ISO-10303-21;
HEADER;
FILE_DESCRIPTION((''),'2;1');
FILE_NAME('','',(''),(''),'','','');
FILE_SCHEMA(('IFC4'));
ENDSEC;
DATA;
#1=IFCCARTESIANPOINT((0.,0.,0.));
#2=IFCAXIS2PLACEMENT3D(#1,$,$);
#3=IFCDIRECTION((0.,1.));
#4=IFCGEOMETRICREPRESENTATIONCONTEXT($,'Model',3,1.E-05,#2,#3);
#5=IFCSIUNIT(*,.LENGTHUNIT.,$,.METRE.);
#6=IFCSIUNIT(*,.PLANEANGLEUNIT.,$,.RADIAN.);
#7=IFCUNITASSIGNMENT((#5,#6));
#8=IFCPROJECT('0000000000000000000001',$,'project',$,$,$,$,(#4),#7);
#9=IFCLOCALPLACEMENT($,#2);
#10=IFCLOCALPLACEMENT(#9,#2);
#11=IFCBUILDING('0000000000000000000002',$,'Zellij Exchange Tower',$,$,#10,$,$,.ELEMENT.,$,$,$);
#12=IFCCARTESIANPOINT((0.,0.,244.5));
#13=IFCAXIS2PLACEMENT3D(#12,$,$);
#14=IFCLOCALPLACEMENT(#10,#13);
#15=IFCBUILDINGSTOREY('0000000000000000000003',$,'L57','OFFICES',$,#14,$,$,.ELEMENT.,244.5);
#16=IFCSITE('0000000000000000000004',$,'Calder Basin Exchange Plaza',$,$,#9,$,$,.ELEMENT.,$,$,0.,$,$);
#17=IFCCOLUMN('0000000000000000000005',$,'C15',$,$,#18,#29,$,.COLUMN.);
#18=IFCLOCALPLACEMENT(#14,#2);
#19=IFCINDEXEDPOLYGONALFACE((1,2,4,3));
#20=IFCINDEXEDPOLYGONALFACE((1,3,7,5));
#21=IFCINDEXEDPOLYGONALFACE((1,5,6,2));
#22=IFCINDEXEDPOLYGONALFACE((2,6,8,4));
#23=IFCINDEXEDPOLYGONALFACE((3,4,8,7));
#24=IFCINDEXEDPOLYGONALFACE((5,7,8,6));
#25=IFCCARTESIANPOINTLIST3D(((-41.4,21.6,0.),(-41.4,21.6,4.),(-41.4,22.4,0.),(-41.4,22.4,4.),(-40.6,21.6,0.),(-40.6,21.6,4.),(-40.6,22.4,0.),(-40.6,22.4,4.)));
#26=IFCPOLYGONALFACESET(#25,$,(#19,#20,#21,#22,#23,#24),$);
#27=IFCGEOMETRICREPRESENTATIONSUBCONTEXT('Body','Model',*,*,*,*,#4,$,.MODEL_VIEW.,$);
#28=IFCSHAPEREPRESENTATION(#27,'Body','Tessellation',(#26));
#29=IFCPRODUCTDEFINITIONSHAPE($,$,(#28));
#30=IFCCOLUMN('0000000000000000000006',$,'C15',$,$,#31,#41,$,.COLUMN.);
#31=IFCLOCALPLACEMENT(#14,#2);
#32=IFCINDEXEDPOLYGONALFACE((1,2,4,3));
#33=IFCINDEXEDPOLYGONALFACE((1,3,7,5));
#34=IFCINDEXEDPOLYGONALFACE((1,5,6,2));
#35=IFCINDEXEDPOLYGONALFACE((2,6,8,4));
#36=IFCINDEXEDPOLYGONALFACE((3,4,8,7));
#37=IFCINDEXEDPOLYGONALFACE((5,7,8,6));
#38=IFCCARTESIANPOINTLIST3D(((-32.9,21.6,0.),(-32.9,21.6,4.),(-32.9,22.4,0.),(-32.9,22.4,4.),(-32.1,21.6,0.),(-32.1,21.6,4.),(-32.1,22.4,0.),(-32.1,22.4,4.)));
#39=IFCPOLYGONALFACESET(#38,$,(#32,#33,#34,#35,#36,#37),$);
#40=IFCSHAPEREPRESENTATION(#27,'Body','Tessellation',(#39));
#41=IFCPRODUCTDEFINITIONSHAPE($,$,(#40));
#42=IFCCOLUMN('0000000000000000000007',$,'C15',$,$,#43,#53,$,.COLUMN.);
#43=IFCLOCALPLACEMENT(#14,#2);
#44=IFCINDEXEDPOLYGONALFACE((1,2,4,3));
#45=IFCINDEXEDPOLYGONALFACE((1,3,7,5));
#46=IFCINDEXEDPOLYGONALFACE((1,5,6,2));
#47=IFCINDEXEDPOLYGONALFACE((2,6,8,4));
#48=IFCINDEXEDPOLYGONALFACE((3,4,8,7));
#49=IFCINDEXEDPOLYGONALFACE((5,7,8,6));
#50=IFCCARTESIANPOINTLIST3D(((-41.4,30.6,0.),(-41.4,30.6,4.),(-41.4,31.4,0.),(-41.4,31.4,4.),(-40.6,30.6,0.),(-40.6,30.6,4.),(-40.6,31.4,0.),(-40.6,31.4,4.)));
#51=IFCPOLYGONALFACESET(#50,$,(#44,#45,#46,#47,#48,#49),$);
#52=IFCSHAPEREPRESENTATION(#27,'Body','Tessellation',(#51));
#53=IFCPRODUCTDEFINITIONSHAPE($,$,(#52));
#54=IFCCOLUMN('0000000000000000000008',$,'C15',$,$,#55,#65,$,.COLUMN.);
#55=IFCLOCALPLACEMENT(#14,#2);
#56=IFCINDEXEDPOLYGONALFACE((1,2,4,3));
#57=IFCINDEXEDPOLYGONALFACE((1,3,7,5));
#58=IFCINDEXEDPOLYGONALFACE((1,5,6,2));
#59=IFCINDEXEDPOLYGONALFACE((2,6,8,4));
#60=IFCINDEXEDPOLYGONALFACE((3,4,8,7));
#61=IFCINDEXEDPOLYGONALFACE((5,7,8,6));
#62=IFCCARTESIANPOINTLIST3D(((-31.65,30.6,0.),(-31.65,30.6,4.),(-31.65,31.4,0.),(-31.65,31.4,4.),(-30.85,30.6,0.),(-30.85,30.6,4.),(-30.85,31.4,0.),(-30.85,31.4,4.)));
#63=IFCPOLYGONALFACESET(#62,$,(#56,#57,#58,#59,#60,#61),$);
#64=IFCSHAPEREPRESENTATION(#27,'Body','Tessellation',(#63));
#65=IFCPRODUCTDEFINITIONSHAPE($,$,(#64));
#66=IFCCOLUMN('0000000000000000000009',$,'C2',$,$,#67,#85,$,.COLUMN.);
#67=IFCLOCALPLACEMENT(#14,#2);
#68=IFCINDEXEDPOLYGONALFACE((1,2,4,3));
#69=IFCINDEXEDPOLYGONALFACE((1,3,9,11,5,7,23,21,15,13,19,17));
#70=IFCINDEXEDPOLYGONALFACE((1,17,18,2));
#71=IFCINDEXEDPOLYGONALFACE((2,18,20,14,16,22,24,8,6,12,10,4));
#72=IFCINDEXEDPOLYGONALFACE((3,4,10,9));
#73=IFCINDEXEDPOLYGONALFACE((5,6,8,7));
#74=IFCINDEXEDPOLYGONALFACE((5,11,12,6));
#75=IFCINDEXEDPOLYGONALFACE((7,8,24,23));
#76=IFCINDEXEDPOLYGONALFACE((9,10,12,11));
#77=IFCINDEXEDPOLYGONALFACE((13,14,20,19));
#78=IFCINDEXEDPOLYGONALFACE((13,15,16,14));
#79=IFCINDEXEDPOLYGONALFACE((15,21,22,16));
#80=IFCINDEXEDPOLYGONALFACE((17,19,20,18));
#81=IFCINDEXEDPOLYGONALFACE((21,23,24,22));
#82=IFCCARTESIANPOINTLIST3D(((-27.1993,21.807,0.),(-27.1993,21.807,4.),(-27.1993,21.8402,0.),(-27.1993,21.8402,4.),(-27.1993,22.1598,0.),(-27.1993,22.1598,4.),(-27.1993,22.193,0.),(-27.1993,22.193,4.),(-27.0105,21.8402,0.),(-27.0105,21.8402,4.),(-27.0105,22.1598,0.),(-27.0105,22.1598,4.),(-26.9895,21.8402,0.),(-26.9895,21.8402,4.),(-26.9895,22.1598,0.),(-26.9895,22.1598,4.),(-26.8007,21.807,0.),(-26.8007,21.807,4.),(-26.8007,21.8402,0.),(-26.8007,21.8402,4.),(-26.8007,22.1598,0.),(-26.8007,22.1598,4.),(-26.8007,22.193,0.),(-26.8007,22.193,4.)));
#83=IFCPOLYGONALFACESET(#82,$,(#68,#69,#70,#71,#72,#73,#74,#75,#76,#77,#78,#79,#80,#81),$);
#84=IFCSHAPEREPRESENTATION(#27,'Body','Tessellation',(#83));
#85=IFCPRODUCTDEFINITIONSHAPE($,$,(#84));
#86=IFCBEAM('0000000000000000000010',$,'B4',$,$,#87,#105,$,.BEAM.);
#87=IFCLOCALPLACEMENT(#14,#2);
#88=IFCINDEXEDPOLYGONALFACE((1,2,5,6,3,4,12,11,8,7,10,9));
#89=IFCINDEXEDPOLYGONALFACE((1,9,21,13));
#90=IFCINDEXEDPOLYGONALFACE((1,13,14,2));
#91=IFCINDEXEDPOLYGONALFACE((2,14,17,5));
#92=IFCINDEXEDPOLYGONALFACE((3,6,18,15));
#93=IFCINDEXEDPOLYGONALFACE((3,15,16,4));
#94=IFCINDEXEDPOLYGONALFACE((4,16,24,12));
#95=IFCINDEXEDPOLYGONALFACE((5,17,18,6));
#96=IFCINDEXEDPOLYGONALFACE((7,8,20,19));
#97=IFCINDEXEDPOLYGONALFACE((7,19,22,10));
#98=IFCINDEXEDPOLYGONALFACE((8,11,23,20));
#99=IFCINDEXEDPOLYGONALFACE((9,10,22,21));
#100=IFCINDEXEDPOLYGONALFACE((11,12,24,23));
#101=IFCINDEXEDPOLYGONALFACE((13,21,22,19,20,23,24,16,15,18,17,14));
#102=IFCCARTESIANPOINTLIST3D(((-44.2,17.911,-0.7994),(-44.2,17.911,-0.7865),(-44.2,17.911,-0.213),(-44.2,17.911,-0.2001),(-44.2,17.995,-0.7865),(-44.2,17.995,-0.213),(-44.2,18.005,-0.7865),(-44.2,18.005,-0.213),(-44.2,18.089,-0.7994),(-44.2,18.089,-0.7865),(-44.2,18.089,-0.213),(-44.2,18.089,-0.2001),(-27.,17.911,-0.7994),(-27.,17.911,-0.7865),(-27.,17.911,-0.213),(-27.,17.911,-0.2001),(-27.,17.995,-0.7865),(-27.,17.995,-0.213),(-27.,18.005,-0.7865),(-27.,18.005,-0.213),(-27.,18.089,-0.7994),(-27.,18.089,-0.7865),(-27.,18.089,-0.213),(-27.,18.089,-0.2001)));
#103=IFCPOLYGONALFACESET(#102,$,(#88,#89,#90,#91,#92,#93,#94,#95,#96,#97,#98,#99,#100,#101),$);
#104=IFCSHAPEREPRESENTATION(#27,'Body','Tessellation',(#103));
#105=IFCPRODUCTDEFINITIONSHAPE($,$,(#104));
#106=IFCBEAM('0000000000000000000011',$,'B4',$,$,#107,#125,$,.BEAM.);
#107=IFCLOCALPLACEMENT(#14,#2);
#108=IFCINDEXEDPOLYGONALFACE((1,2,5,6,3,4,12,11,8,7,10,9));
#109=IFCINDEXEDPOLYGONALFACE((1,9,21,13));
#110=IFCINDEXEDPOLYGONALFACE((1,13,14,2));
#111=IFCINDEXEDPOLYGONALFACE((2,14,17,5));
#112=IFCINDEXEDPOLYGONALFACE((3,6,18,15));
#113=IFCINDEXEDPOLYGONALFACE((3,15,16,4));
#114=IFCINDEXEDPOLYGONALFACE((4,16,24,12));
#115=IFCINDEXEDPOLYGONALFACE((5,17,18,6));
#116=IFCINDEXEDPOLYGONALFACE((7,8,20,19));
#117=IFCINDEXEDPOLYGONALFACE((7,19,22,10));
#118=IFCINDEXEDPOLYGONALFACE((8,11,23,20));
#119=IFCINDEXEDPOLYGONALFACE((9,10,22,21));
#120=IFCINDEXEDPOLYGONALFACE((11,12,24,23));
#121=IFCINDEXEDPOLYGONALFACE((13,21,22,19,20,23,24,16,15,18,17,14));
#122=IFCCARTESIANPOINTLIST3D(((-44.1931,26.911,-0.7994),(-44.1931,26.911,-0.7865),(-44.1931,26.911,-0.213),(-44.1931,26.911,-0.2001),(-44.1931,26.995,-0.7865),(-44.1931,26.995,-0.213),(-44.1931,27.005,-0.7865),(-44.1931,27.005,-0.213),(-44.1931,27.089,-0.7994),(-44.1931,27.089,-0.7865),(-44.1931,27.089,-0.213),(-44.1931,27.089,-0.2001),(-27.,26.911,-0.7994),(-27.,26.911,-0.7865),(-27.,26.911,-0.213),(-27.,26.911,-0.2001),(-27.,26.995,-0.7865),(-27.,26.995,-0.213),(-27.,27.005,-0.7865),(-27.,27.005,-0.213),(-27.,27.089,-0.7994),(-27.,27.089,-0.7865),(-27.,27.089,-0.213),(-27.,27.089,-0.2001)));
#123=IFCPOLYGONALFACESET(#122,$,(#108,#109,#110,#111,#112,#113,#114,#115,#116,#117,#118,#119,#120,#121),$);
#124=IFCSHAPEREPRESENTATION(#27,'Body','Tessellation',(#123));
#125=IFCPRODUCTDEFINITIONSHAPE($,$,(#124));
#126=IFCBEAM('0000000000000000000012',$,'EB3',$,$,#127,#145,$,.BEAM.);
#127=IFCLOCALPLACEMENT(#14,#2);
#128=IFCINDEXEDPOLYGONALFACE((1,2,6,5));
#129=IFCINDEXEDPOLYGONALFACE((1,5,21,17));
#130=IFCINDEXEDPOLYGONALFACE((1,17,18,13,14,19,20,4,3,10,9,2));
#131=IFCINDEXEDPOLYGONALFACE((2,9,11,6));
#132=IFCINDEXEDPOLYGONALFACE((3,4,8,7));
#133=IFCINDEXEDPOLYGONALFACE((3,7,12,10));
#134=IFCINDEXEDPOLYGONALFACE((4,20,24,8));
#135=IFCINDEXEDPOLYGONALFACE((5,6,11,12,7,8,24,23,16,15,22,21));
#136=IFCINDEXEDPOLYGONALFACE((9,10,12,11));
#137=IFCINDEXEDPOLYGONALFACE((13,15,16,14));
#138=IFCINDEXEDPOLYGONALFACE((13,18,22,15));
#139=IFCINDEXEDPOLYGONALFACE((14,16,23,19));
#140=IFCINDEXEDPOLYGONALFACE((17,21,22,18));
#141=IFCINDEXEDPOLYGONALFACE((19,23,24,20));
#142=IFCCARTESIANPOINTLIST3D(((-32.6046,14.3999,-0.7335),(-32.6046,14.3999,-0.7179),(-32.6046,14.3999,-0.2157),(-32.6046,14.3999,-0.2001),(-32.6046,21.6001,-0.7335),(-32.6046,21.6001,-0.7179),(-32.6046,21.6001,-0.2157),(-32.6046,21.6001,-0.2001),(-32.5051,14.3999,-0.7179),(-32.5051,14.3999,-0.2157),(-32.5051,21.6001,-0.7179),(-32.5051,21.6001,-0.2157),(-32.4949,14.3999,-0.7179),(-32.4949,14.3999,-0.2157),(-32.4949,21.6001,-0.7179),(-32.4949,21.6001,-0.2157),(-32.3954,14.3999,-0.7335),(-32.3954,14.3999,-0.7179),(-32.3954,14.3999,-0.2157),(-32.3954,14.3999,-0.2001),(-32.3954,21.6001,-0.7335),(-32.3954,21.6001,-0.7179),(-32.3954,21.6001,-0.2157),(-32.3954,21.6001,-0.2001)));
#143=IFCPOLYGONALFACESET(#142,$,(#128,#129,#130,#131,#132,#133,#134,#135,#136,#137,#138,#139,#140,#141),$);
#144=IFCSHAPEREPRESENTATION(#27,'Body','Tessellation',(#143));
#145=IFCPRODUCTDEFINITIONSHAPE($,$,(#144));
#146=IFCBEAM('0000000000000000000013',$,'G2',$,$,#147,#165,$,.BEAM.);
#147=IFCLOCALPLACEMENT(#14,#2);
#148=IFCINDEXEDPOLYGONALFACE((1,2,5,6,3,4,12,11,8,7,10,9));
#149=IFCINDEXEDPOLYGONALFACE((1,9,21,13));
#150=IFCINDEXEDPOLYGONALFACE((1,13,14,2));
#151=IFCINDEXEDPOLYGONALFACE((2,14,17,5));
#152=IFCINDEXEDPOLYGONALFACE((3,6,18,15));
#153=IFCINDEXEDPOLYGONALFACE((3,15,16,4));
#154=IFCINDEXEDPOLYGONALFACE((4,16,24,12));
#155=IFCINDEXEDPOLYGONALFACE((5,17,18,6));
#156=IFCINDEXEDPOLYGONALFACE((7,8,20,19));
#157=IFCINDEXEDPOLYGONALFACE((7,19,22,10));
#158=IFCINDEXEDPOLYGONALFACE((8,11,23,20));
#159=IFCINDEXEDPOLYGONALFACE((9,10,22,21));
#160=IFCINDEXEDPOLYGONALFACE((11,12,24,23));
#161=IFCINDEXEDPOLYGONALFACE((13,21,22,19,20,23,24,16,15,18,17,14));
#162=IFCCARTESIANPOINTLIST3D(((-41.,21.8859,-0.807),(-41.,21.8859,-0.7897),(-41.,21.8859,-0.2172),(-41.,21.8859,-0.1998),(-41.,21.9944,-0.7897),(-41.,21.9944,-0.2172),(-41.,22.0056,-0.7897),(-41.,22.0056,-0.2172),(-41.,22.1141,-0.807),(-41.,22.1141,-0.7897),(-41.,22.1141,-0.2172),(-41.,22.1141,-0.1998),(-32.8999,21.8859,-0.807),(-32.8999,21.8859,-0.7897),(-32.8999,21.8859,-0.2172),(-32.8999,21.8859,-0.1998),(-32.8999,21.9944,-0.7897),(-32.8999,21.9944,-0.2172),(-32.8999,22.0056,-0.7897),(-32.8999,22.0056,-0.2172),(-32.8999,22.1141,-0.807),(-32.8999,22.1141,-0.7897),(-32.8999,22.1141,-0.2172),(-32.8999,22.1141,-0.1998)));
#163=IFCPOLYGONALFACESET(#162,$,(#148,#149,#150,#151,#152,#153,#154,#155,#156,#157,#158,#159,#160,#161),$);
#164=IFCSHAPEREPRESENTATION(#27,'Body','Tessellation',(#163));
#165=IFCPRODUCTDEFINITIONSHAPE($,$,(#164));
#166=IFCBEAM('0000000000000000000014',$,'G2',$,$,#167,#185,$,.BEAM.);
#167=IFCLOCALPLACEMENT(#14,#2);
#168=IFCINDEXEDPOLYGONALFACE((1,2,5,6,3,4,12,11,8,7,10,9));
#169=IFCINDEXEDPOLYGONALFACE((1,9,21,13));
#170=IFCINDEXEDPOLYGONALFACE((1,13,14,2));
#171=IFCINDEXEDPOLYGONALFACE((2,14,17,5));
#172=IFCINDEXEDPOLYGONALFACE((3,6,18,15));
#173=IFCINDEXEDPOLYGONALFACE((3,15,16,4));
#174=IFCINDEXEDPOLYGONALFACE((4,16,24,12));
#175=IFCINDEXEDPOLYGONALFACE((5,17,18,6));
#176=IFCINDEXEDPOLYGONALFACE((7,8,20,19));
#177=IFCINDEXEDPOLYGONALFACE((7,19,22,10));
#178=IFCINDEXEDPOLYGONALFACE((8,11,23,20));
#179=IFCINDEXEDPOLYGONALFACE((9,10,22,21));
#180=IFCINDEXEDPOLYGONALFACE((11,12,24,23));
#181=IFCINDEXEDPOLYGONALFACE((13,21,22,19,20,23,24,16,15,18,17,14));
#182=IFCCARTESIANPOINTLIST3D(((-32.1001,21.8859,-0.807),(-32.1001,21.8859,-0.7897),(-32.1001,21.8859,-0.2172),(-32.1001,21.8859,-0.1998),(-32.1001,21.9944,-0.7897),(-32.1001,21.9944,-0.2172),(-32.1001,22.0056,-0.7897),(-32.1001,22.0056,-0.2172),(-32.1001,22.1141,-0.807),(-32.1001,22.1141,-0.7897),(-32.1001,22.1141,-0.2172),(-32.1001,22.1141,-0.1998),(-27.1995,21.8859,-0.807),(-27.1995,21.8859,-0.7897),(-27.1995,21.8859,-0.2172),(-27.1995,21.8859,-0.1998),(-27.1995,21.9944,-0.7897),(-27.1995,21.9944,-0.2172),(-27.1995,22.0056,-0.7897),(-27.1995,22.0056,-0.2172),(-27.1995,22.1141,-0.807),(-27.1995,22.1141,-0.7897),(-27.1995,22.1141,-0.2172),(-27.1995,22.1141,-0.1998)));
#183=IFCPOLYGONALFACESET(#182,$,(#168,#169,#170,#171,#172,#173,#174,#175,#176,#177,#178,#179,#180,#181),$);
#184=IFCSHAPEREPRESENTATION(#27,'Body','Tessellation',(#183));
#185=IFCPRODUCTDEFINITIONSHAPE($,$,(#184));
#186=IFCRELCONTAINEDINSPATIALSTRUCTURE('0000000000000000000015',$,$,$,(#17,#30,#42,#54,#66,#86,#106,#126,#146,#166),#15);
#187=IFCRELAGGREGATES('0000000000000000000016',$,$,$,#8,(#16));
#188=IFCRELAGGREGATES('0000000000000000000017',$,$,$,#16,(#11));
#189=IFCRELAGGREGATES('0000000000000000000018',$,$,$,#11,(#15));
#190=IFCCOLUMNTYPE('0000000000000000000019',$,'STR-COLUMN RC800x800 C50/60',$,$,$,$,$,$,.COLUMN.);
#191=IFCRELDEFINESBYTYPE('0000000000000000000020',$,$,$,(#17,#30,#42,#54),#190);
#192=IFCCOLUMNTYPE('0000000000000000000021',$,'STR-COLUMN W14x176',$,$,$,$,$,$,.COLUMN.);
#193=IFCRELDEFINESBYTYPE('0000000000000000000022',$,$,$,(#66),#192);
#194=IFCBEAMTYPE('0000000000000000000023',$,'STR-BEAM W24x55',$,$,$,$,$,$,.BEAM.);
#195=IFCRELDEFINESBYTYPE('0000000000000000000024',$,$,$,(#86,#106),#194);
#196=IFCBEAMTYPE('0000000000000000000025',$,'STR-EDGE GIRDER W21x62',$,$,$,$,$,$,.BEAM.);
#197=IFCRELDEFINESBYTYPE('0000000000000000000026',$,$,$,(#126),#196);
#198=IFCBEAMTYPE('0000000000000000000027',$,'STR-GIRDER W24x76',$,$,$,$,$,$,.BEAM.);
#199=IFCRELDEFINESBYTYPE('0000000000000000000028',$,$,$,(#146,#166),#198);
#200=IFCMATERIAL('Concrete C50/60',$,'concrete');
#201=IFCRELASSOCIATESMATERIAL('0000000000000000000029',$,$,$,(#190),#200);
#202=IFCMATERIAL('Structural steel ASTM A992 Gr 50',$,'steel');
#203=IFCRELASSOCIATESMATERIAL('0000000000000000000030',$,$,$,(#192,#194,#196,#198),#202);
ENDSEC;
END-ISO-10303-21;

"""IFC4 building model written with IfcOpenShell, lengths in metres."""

from ifc_helpers import new_model, si_unit, direction, frame, origin, origin_2d, place, context, subcontext, project, spatial, rectangle, i_section, extrude, material, material_profile, profile_set, type_object, element, save


model = new_model("IFC4")

# Units and contexts
model_context = context("Model", 3, precision=1e-05, world=origin(), true_north=direction((0.0, 1.0)))
body_context = subcontext(model_context, "Body", "Model", "MODEL_VIEW")
ifc_project = project(units=[si_unit("LENGTHUNIT", "METRE"), si_unit("PLANEANGLEUNIT", "RADIAN")], contexts=[model_context])

# Site, building, storey
site_placement = place(None, origin())
site = spatial("IfcSite", under=ifc_project, at=site_placement, Name="Calder Basin Exchange Plaza", CompositionType="ELEMENT", RefElevation=0.0)
building_placement = place(site_placement, origin())
building = spatial("IfcBuilding", under=site, at=building_placement, Name="Zellij Exchange Tower", CompositionType="ELEMENT")
storey_placement = place(building_placement, frame((0.0, 0.0, 244.5)))
storey = spatial("IfcBuildingStorey", under=building, at=storey_placement, Name="L57", Description="OFFICES", CompositionType="ELEMENT", Elevation=244.5)

# Columns
ifc_material_1 = material(Name="Concrete C50/60", Category="concrete")
ifc_material_profile_1 = material_profile(ifc_material_1, rectangle(XDim=0.8, YDim=0.8, at=origin_2d()), Name="STR-COLUMN RC800x800 C50/60")
ifc_profile_set_1 = profile_set([ifc_material_profile_1], Name="Concrete C50/60")
column_type_1 = type_object("IfcColumnType", Name="STR-COLUMN RC800x800 C50/60", PredefinedType="COLUMN", material=ifc_profile_set_1)
for number, where, z_axis, x_axis, name in (
    (1, (-41.0, 22.0, 0.0), (0.0, 0.0, 1.0), (1.0, 0.0, 0.0), "C15"),
    (2, (-32.5, 22.0, 0.0), (0.0, 0.0, 1.0), (1.0, 0.0, 0.0), "C15"),
    (3, (-41.0, 31.0, 0.0), (0.0, 0.0, 1.0), (1.0, 0.0, 0.0), "C15"),
    (4, (-31.25, 31.0, 0.0), (0.0, 0.0, 1.0), (1.0, 0.0, 0.0), "C15"),
):
    element("IfcColumn", number, at=place(storey_placement, frame(where, z_axis=z_axis, x_axis=x_axis)), inside=storey, type_object=column_type_1, Name=name, PredefinedType="COLUMN", context=body_context, shape_type="SweptSolid", body=[
        extrude(rectangle(XDim=0.8, YDim=0.8, at=origin_2d()), origin(), (0.0, 0.0, 1.0), 4.0),
    ])
ifc_material_2 = material(Name="Structural steel ASTM A992 Gr 50", Category="steel")
ifc_material_profile_2 = material_profile(ifc_material_2, i_section(OverallWidth=0.3987, OverallDepth=0.386, WebThickness=0.021, FlangeThickness=0.0332, at=origin_2d()), Name="W14x176")
ifc_profile_set_2 = profile_set([ifc_material_profile_2], Name="Structural steel ASTM A992 Gr 50")
column_type_2 = type_object("IfcColumnType", Name="STR-COLUMN W14x176", PredefinedType="COLUMN", material=ifc_profile_set_2)
column_placement = place(storey_placement, frame((-27.0, 22.0, 0.0), z_axis=(0.0, 0.0, 1.0), x_axis=(1.0, 0.0, 0.0)))
element("IfcColumn", 5, at=column_placement, inside=storey, type_object=column_type_2, Name="C2", PredefinedType="COLUMN", context=body_context, shape_type="SweptSolid", body=[
    extrude(i_section(OverallWidth=0.3987, OverallDepth=0.386, WebThickness=0.021, FlangeThickness=0.0332, at=origin_2d()), origin(), (0.0, 0.0, 1.0), 4.0),
])

# Beams
ifc_material_profile_3 = material_profile(ifc_material_2, i_section(OverallWidth=0.178, OverallDepth=0.5994, WebThickness=0.01, FlangeThickness=0.0129, at=origin_2d()), Name="W24x55")
ifc_profile_set_3 = profile_set([ifc_material_profile_3], Name="Structural steel ASTM A992 Gr 50")
beam_type_1 = type_object("IfcBeamType", Name="STR-BEAM W24x55", PredefinedType="BEAM", material=ifc_profile_set_3)
beam_1_placement = place(storey_placement, frame((-44.2, 18.0, -0.4998), z_axis=(1.0, 0.0, 0.0), x_axis=(0.0, 1.0, 0.0)))
element("IfcBeam", 6, at=beam_1_placement, inside=storey, type_object=beam_type_1, Name="B4", PredefinedType="BEAM", context=body_context, shape_type="SweptSolid", body=[
    extrude(i_section(OverallWidth=0.178, OverallDepth=0.5994, WebThickness=0.01, FlangeThickness=0.0129, at=origin_2d()), origin(), (0.0, 0.0, 1.0), 17.2),
])
beam_2_placement = place(storey_placement, frame((-44.1931, 27.0, -0.4998), z_axis=(1.0, 0.0, 0.0), x_axis=(0.0, 1.0, 0.0)))
element("IfcBeam", 7, at=beam_2_placement, inside=storey, type_object=beam_type_1, Name="B4", PredefinedType="BEAM", context=body_context, shape_type="SweptSolid", body=[
    extrude(i_section(OverallWidth=0.178, OverallDepth=0.5994, WebThickness=0.01, FlangeThickness=0.0129, at=origin_2d()), origin(), (0.0, 0.0, 1.0), 17.1931),
])
ifc_material_profile_4 = material_profile(ifc_material_2, i_section(OverallWidth=0.2092, OverallDepth=0.5334, WebThickness=0.0103, FlangeThickness=0.0156, at=origin_2d()), Name="W21x62")
ifc_profile_set_4 = profile_set([ifc_material_profile_4], Name="Structural steel ASTM A992 Gr 50")
beam_type_2 = type_object("IfcBeamType", Name="STR-EDGE GIRDER W21x62", PredefinedType="BEAM", material=ifc_profile_set_4)
beam_3_placement = place(storey_placement, frame((-32.5, 14.3999, -0.4668), z_axis=(0.0, 1.0, 0.0), x_axis=(-1.0, 0.0, 0.0)))
element("IfcBeam", 8, at=beam_3_placement, inside=storey, type_object=beam_type_2, Name="EB3", PredefinedType="BEAM", context=body_context, shape_type="SweptSolid", body=[
    extrude(i_section(OverallWidth=0.2092, OverallDepth=0.5334, WebThickness=0.0103, FlangeThickness=0.0156, at=origin_2d()), origin(), (0.0, 0.0, 1.0), 7.2002),
])
ifc_material_profile_5 = material_profile(ifc_material_2, i_section(OverallWidth=0.2283, OverallDepth=0.6072, WebThickness=0.0112, FlangeThickness=0.0173, at=origin_2d()), Name="W24x76")
ifc_profile_set_5 = profile_set([ifc_material_profile_5], Name="Structural steel ASTM A992 Gr 50")
beam_type_3 = type_object("IfcBeamType", Name="STR-GIRDER W24x76", PredefinedType="BEAM", material=ifc_profile_set_5)
beam_4_placement = place(storey_placement, frame((-41.0, 22.0, -0.5034), z_axis=(1.0, 0.0, 0.0), x_axis=(0.0, 1.0, 0.0)))
element("IfcBeam", 9, at=beam_4_placement, inside=storey, type_object=beam_type_3, Name="G2", PredefinedType="BEAM", context=body_context, shape_type="SweptSolid", body=[
    extrude(i_section(OverallWidth=0.2283, OverallDepth=0.6072, WebThickness=0.0112, FlangeThickness=0.0173, at=origin_2d()), origin(), (0.0, 0.0, 1.0), 8.1001),
])
beam_5_placement = place(storey_placement, frame((-32.1001, 22.0, -0.5034), z_axis=(1.0, 0.0, 0.0), x_axis=(0.0, 1.0, 0.0)))
element("IfcBeam", 10, at=beam_5_placement, inside=storey, type_object=beam_type_3, Name="G2", PredefinedType="BEAM", context=body_context, shape_type="SweptSolid", body=[
    extrude(i_section(OverallWidth=0.2283, OverallDepth=0.6072, WebThickness=0.0112, FlangeThickness=0.0173, at=origin_2d()), origin(), (0.0, 0.0, 1.0), 4.9006),
])

save(model, "model.ifc")
